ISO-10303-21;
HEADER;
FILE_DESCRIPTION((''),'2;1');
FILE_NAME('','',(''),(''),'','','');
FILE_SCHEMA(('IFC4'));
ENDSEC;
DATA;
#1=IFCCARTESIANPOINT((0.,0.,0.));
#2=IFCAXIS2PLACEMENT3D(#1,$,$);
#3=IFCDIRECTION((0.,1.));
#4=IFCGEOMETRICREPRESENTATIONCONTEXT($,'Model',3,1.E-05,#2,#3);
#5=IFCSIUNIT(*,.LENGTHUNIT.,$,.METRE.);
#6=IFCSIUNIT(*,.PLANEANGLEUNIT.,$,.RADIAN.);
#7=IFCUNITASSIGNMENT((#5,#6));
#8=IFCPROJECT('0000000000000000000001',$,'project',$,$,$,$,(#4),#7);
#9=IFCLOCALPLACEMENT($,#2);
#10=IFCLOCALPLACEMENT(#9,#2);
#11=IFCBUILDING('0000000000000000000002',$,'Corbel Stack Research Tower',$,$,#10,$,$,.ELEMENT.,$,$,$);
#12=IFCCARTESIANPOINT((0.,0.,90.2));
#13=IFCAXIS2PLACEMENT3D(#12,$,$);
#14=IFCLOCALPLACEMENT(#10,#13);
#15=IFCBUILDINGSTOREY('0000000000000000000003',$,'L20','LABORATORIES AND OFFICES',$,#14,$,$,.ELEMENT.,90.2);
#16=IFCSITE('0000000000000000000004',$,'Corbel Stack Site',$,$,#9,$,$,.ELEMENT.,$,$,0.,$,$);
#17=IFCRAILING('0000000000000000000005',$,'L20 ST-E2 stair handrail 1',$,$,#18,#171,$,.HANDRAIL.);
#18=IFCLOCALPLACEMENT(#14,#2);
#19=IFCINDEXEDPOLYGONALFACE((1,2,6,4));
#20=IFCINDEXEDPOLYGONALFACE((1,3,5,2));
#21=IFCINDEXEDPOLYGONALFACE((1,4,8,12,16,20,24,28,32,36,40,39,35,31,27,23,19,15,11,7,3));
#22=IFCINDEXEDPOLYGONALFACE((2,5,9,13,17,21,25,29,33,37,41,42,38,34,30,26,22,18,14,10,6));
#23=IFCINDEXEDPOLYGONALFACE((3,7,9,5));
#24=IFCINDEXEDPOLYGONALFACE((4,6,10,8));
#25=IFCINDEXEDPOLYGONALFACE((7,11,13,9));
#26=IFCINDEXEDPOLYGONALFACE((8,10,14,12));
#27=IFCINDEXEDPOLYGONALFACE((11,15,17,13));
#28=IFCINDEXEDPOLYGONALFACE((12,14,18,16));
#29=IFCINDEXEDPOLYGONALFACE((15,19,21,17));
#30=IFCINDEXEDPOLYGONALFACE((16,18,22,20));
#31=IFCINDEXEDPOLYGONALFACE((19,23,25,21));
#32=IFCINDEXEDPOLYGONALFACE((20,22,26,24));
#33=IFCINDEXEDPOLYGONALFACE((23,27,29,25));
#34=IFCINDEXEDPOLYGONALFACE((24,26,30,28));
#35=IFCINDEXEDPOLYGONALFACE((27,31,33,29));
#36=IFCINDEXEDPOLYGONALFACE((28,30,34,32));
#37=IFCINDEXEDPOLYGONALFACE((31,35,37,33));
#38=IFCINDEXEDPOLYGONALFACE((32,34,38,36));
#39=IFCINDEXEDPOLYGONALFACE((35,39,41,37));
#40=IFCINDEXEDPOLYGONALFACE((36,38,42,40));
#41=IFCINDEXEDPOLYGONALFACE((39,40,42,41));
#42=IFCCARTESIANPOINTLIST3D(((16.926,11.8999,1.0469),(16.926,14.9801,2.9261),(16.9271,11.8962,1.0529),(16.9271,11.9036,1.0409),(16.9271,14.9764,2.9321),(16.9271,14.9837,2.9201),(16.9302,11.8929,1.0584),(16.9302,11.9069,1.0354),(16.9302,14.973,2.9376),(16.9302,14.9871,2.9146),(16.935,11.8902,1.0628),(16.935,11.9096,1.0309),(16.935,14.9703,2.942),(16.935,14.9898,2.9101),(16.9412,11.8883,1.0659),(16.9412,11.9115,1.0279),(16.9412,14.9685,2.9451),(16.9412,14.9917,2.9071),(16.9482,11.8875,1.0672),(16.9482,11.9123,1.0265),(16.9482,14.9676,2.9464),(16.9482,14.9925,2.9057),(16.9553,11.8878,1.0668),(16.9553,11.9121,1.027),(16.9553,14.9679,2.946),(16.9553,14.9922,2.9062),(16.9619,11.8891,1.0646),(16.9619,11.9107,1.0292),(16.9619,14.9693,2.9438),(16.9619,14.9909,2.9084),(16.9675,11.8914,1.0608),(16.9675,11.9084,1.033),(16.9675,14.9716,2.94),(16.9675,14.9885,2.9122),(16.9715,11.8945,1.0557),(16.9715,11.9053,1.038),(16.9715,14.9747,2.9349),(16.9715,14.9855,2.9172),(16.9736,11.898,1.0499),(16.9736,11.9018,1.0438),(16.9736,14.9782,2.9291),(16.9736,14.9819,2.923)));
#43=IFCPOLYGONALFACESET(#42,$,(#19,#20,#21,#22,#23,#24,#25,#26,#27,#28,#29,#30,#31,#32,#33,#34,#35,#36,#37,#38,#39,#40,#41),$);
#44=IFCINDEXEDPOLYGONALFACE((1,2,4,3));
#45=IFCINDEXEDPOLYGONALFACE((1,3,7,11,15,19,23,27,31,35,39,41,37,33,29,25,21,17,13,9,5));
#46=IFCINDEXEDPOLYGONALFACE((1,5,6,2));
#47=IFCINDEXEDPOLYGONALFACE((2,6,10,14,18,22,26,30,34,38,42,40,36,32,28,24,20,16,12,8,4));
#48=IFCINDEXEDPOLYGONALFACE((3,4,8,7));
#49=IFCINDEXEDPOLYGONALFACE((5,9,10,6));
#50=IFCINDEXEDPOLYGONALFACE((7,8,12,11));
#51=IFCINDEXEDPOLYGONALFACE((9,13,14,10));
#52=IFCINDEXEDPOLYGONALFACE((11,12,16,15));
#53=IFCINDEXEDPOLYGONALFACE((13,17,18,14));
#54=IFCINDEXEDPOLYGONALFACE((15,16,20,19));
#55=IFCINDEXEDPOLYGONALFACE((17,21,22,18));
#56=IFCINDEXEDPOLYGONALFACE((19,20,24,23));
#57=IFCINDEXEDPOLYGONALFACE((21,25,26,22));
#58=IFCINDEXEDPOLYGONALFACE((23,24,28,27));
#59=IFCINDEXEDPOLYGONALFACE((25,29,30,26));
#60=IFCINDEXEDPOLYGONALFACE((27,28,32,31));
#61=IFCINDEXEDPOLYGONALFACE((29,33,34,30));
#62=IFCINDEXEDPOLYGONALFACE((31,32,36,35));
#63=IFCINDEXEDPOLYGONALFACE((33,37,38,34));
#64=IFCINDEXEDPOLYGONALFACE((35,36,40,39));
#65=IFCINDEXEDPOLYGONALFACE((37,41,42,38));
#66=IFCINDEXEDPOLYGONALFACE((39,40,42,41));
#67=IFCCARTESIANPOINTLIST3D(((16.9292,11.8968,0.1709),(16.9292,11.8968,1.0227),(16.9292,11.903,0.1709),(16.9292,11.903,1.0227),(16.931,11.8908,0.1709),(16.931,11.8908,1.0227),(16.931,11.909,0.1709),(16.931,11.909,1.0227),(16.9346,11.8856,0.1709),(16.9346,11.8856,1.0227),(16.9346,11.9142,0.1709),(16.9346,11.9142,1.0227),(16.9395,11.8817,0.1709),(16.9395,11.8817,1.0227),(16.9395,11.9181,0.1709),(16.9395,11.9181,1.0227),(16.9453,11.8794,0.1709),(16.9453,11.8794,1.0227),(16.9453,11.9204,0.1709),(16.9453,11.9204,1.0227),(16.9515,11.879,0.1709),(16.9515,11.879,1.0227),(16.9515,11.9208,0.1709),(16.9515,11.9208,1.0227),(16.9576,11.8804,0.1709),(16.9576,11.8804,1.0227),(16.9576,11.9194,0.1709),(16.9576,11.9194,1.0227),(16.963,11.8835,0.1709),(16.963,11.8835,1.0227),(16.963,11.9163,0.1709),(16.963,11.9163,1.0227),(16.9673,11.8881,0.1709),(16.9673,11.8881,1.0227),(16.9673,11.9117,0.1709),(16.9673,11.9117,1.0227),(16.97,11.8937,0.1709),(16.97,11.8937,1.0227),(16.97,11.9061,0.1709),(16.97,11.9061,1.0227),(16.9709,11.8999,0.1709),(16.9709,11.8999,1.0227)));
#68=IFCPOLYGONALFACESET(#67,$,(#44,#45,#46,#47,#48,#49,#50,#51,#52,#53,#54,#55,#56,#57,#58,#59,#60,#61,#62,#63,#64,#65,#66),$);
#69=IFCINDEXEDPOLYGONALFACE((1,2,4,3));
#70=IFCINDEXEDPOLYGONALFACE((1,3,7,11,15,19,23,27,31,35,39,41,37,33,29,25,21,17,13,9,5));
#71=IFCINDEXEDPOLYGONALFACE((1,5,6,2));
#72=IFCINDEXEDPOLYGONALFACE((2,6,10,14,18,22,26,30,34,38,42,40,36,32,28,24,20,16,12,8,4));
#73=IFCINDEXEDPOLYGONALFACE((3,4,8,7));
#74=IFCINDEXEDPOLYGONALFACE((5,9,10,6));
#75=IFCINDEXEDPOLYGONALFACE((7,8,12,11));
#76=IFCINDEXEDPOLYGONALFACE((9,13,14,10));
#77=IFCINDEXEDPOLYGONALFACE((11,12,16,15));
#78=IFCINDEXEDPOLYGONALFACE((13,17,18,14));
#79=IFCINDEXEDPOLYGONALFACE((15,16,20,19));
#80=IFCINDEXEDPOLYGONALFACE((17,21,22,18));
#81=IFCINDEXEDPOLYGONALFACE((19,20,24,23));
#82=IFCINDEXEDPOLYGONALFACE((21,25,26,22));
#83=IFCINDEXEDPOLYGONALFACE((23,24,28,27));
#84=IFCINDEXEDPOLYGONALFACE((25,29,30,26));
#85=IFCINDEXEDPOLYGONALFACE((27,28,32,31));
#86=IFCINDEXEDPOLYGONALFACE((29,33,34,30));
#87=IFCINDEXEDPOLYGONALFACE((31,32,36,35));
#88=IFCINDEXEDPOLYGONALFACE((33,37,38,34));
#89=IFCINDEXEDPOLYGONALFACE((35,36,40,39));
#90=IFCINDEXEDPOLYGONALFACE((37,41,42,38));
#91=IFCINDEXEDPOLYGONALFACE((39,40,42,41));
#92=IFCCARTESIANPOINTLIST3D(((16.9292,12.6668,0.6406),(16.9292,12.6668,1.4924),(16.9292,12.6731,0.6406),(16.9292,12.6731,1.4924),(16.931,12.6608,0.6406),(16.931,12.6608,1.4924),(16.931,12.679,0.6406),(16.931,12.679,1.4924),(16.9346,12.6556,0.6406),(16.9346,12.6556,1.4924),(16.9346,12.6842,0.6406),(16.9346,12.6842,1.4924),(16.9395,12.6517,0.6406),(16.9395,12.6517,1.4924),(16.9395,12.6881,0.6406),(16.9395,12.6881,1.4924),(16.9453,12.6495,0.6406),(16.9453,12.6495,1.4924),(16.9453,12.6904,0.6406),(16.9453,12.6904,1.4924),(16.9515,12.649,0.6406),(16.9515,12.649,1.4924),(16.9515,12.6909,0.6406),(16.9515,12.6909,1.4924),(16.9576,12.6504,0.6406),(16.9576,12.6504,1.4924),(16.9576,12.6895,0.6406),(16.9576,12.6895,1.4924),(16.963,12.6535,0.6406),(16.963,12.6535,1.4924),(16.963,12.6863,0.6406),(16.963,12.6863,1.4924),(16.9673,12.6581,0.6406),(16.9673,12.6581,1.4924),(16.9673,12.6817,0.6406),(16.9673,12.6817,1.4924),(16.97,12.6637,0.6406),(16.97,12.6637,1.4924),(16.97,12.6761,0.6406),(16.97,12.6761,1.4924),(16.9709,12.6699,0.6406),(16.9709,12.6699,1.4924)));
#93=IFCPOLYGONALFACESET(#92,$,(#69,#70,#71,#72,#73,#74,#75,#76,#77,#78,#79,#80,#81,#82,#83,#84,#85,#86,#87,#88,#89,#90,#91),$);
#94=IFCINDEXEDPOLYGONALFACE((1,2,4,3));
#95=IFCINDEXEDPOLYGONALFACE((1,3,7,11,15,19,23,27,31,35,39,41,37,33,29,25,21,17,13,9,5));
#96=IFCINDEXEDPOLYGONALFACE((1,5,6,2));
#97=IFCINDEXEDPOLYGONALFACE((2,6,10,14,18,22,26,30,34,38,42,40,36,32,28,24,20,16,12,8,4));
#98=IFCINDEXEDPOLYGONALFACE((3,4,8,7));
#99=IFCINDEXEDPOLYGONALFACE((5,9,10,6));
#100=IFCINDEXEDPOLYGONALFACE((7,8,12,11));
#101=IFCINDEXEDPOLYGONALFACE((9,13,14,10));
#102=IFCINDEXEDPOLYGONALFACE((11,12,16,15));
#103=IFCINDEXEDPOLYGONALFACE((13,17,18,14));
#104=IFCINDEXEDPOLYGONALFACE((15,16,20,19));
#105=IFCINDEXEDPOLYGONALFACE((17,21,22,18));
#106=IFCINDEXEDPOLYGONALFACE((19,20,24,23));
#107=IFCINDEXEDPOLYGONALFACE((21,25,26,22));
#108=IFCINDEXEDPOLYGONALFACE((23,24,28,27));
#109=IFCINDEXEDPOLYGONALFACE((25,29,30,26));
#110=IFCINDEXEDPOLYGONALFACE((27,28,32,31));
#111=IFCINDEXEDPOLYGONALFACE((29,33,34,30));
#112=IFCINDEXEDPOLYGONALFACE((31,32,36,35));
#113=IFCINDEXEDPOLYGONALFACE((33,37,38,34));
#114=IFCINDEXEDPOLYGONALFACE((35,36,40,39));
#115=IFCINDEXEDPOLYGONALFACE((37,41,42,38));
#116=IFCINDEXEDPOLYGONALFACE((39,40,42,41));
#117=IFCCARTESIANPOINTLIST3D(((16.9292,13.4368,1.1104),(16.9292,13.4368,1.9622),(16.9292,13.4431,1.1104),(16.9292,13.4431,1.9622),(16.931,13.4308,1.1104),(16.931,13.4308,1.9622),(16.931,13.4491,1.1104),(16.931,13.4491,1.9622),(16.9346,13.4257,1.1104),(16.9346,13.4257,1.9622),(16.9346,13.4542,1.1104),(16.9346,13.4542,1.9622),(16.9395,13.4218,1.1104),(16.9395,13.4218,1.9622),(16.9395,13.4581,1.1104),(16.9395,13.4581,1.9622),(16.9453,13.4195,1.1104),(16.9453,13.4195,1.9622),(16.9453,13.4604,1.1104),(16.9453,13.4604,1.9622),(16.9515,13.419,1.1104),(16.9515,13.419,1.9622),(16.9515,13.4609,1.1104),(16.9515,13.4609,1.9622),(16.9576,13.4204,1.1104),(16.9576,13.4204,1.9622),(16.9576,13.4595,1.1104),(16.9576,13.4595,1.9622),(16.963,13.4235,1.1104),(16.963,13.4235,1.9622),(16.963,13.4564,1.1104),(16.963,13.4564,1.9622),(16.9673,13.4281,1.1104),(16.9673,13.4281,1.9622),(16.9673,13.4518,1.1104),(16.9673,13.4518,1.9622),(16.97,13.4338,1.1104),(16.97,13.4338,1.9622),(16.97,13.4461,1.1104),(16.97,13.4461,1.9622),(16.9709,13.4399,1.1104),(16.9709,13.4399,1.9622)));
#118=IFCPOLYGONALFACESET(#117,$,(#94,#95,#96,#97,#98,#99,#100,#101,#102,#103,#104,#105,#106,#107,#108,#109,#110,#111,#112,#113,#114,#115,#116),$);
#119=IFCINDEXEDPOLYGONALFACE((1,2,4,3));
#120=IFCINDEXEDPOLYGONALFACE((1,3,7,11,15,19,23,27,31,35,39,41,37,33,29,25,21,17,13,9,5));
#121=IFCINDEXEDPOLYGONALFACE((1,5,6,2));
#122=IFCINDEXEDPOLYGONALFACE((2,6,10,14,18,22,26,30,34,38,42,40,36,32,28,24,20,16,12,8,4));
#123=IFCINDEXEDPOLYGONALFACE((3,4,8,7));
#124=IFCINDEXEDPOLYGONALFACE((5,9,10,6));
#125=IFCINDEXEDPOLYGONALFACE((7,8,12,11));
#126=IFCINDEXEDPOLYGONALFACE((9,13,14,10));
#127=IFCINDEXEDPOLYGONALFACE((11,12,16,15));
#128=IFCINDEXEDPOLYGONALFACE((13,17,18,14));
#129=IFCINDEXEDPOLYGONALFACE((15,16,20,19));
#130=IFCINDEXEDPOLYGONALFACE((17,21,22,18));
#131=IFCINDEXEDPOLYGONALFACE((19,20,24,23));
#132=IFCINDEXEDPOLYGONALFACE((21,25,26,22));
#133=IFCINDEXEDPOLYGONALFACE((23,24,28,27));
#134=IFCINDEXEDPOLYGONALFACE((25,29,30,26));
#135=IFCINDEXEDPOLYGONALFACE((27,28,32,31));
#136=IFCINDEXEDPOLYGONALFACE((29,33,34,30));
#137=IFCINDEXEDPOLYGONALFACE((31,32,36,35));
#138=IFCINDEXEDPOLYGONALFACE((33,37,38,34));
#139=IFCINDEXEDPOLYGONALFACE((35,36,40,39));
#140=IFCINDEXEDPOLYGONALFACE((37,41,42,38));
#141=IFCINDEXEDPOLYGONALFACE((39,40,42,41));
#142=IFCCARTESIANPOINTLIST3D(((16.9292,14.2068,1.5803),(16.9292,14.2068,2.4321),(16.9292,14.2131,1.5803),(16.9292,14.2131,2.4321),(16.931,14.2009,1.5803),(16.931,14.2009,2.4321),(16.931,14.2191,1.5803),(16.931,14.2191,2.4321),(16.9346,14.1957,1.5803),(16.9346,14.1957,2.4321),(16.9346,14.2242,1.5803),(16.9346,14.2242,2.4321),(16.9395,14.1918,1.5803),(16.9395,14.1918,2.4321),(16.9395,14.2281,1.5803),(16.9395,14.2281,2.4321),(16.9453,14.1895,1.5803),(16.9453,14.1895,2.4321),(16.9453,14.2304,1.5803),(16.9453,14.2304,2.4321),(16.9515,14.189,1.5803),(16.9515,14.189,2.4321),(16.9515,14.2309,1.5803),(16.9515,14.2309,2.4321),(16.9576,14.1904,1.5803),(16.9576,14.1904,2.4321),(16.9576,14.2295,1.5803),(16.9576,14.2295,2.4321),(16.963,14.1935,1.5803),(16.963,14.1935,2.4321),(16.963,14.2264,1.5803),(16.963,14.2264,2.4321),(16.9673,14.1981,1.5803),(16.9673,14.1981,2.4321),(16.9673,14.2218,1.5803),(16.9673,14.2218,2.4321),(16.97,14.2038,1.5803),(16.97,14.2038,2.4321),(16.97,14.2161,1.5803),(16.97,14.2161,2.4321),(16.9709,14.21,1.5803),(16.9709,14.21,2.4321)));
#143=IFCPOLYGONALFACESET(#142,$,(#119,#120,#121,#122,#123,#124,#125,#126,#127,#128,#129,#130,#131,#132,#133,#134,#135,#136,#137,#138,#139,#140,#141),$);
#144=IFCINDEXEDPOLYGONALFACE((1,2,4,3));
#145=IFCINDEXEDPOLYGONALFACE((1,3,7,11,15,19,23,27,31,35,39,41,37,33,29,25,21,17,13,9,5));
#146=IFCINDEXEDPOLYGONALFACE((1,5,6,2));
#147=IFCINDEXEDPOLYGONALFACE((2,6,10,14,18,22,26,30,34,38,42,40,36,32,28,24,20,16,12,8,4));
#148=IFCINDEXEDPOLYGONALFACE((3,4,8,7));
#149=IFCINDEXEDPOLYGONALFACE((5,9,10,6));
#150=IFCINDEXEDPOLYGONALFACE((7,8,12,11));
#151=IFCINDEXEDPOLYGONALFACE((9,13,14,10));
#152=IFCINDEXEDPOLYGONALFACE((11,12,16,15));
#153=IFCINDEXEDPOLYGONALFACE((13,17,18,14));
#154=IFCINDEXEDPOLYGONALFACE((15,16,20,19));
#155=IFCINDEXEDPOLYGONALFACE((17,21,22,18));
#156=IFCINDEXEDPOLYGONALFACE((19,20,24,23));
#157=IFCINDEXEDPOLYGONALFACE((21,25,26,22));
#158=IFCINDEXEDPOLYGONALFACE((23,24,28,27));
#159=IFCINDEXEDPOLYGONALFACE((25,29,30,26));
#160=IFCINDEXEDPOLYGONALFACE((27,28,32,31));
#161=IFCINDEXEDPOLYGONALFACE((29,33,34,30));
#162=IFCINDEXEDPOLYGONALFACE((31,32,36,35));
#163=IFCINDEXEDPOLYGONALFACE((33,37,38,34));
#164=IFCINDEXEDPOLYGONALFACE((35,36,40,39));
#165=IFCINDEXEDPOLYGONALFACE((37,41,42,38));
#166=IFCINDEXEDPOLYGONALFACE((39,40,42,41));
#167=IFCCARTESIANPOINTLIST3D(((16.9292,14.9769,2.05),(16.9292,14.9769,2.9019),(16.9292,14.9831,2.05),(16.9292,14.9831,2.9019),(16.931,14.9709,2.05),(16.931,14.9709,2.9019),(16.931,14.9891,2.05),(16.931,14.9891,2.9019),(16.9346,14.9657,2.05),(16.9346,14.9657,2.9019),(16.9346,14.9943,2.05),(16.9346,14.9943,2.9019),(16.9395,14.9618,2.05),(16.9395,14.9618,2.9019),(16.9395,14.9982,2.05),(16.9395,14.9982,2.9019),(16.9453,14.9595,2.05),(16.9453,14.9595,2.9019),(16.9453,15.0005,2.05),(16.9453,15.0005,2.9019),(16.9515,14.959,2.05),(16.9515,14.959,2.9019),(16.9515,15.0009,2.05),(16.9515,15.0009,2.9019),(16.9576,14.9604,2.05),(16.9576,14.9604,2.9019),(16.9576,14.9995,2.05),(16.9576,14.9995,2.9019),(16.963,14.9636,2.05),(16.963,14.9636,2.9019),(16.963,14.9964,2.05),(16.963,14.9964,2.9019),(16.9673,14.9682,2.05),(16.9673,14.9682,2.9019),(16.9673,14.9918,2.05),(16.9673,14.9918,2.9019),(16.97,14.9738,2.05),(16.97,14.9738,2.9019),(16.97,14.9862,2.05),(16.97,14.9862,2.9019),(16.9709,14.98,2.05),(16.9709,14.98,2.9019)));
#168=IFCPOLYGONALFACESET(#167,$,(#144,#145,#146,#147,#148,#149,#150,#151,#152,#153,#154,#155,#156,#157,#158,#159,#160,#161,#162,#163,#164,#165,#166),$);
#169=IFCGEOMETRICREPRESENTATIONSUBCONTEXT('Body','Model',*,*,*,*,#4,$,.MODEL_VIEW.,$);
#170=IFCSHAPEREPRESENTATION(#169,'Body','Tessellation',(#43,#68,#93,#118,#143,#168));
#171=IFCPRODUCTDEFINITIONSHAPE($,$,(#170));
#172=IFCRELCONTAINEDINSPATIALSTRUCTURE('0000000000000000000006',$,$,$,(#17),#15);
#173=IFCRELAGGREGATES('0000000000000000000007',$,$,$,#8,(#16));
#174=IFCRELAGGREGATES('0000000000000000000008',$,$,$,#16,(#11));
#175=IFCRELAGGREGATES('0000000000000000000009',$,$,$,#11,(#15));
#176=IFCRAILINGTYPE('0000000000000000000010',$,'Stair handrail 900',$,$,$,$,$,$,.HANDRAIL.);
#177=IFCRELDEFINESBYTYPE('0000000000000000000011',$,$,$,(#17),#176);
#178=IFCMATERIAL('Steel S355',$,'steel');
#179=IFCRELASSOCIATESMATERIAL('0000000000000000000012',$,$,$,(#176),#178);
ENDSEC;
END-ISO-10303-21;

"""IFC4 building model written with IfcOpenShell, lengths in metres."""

from ifc_helpers import new_model, si_unit, direction, frame, origin, origin_2d, place, context, subcontext, project, spatial, circle, extrude, material, type_object, element, save


model = new_model("IFC4")

# Units and contexts
model_context = context("Model", 3, precision=1e-05, world=origin(), true_north=direction((0.0, 1.0)))
body_context = subcontext(model_context, "Body", "Model", "MODEL_VIEW")
ifc_project = project(units=[si_unit("LENGTHUNIT", "METRE"), si_unit("PLANEANGLEUNIT", "RADIAN")], contexts=[model_context])

# Site, building, storey
site_placement = place(None, origin())
site = spatial("IfcSite", under=ifc_project, at=site_placement, Name="Corbel Stack Site", CompositionType="ELEMENT", RefElevation=0.0)
building_placement = place(site_placement, origin())
building = spatial("IfcBuilding", under=site, at=building_placement, Name="Corbel Stack Research Tower", CompositionType="ELEMENT")
storey_placement = place(building_placement, frame((0.0, 0.0, 90.2)))
storey = spatial("IfcBuildingStorey", under=building, at=storey_placement, Name="L20", Description="LABORATORIES AND OFFICES", CompositionType="ELEMENT", Elevation=90.2)

# Railing
ifc_material_1 = material(Name="Steel S355", Category="steel")
railing_type_1 = type_object("IfcRailingType", Name="Stair handrail 900", PredefinedType="HANDRAIL", material=ifc_material_1)
railing_1_placement = place(storey_placement, frame((16.95, 11.8999, 0.1709)))
element("IfcRailing", 1, at=railing_1_placement, inside=storey, type_object=railing_type_1, Name="L20 ST-E2 stair handrail 1", PredefinedType="HANDRAIL", context=body_context, shape_type="SweptSolid", body=[
    extrude(circle(Radius=0.0239, at=origin_2d()), frame((0.0, 0.0, 0.876), z_axis=(0.0, 0.853666, 0.52082), x_axis=(-1.0, 0.0, 0.0)), (0.0, 0.0, 1.0), 3.6082),
    extrude(circle(Radius=0.021, at=origin_2d()), origin(), (0.0, 0.0, 1.0), 0.8518),
    extrude(circle(Radius=0.021, at=origin_2d()), frame((0.0, 0.77, 0.4697)), (0.0, 0.0, 1.0), 0.8518),
    extrude(circle(Radius=0.021, at=origin_2d()), frame((0.0, 1.54, 0.9395)), (0.0, 0.0, 1.0), 0.8518),
    extrude(circle(Radius=0.021, at=origin_2d()), frame((0.0, 2.3101, 1.4094)), (0.0, 0.0, 1.0), 0.8518),
    extrude(circle(Radius=0.021, at=origin_2d()), frame((0.0, 3.0801, 1.8792)), (0.0, 0.0, 1.0), 0.8518),
])

save(model, "model.ifc")
